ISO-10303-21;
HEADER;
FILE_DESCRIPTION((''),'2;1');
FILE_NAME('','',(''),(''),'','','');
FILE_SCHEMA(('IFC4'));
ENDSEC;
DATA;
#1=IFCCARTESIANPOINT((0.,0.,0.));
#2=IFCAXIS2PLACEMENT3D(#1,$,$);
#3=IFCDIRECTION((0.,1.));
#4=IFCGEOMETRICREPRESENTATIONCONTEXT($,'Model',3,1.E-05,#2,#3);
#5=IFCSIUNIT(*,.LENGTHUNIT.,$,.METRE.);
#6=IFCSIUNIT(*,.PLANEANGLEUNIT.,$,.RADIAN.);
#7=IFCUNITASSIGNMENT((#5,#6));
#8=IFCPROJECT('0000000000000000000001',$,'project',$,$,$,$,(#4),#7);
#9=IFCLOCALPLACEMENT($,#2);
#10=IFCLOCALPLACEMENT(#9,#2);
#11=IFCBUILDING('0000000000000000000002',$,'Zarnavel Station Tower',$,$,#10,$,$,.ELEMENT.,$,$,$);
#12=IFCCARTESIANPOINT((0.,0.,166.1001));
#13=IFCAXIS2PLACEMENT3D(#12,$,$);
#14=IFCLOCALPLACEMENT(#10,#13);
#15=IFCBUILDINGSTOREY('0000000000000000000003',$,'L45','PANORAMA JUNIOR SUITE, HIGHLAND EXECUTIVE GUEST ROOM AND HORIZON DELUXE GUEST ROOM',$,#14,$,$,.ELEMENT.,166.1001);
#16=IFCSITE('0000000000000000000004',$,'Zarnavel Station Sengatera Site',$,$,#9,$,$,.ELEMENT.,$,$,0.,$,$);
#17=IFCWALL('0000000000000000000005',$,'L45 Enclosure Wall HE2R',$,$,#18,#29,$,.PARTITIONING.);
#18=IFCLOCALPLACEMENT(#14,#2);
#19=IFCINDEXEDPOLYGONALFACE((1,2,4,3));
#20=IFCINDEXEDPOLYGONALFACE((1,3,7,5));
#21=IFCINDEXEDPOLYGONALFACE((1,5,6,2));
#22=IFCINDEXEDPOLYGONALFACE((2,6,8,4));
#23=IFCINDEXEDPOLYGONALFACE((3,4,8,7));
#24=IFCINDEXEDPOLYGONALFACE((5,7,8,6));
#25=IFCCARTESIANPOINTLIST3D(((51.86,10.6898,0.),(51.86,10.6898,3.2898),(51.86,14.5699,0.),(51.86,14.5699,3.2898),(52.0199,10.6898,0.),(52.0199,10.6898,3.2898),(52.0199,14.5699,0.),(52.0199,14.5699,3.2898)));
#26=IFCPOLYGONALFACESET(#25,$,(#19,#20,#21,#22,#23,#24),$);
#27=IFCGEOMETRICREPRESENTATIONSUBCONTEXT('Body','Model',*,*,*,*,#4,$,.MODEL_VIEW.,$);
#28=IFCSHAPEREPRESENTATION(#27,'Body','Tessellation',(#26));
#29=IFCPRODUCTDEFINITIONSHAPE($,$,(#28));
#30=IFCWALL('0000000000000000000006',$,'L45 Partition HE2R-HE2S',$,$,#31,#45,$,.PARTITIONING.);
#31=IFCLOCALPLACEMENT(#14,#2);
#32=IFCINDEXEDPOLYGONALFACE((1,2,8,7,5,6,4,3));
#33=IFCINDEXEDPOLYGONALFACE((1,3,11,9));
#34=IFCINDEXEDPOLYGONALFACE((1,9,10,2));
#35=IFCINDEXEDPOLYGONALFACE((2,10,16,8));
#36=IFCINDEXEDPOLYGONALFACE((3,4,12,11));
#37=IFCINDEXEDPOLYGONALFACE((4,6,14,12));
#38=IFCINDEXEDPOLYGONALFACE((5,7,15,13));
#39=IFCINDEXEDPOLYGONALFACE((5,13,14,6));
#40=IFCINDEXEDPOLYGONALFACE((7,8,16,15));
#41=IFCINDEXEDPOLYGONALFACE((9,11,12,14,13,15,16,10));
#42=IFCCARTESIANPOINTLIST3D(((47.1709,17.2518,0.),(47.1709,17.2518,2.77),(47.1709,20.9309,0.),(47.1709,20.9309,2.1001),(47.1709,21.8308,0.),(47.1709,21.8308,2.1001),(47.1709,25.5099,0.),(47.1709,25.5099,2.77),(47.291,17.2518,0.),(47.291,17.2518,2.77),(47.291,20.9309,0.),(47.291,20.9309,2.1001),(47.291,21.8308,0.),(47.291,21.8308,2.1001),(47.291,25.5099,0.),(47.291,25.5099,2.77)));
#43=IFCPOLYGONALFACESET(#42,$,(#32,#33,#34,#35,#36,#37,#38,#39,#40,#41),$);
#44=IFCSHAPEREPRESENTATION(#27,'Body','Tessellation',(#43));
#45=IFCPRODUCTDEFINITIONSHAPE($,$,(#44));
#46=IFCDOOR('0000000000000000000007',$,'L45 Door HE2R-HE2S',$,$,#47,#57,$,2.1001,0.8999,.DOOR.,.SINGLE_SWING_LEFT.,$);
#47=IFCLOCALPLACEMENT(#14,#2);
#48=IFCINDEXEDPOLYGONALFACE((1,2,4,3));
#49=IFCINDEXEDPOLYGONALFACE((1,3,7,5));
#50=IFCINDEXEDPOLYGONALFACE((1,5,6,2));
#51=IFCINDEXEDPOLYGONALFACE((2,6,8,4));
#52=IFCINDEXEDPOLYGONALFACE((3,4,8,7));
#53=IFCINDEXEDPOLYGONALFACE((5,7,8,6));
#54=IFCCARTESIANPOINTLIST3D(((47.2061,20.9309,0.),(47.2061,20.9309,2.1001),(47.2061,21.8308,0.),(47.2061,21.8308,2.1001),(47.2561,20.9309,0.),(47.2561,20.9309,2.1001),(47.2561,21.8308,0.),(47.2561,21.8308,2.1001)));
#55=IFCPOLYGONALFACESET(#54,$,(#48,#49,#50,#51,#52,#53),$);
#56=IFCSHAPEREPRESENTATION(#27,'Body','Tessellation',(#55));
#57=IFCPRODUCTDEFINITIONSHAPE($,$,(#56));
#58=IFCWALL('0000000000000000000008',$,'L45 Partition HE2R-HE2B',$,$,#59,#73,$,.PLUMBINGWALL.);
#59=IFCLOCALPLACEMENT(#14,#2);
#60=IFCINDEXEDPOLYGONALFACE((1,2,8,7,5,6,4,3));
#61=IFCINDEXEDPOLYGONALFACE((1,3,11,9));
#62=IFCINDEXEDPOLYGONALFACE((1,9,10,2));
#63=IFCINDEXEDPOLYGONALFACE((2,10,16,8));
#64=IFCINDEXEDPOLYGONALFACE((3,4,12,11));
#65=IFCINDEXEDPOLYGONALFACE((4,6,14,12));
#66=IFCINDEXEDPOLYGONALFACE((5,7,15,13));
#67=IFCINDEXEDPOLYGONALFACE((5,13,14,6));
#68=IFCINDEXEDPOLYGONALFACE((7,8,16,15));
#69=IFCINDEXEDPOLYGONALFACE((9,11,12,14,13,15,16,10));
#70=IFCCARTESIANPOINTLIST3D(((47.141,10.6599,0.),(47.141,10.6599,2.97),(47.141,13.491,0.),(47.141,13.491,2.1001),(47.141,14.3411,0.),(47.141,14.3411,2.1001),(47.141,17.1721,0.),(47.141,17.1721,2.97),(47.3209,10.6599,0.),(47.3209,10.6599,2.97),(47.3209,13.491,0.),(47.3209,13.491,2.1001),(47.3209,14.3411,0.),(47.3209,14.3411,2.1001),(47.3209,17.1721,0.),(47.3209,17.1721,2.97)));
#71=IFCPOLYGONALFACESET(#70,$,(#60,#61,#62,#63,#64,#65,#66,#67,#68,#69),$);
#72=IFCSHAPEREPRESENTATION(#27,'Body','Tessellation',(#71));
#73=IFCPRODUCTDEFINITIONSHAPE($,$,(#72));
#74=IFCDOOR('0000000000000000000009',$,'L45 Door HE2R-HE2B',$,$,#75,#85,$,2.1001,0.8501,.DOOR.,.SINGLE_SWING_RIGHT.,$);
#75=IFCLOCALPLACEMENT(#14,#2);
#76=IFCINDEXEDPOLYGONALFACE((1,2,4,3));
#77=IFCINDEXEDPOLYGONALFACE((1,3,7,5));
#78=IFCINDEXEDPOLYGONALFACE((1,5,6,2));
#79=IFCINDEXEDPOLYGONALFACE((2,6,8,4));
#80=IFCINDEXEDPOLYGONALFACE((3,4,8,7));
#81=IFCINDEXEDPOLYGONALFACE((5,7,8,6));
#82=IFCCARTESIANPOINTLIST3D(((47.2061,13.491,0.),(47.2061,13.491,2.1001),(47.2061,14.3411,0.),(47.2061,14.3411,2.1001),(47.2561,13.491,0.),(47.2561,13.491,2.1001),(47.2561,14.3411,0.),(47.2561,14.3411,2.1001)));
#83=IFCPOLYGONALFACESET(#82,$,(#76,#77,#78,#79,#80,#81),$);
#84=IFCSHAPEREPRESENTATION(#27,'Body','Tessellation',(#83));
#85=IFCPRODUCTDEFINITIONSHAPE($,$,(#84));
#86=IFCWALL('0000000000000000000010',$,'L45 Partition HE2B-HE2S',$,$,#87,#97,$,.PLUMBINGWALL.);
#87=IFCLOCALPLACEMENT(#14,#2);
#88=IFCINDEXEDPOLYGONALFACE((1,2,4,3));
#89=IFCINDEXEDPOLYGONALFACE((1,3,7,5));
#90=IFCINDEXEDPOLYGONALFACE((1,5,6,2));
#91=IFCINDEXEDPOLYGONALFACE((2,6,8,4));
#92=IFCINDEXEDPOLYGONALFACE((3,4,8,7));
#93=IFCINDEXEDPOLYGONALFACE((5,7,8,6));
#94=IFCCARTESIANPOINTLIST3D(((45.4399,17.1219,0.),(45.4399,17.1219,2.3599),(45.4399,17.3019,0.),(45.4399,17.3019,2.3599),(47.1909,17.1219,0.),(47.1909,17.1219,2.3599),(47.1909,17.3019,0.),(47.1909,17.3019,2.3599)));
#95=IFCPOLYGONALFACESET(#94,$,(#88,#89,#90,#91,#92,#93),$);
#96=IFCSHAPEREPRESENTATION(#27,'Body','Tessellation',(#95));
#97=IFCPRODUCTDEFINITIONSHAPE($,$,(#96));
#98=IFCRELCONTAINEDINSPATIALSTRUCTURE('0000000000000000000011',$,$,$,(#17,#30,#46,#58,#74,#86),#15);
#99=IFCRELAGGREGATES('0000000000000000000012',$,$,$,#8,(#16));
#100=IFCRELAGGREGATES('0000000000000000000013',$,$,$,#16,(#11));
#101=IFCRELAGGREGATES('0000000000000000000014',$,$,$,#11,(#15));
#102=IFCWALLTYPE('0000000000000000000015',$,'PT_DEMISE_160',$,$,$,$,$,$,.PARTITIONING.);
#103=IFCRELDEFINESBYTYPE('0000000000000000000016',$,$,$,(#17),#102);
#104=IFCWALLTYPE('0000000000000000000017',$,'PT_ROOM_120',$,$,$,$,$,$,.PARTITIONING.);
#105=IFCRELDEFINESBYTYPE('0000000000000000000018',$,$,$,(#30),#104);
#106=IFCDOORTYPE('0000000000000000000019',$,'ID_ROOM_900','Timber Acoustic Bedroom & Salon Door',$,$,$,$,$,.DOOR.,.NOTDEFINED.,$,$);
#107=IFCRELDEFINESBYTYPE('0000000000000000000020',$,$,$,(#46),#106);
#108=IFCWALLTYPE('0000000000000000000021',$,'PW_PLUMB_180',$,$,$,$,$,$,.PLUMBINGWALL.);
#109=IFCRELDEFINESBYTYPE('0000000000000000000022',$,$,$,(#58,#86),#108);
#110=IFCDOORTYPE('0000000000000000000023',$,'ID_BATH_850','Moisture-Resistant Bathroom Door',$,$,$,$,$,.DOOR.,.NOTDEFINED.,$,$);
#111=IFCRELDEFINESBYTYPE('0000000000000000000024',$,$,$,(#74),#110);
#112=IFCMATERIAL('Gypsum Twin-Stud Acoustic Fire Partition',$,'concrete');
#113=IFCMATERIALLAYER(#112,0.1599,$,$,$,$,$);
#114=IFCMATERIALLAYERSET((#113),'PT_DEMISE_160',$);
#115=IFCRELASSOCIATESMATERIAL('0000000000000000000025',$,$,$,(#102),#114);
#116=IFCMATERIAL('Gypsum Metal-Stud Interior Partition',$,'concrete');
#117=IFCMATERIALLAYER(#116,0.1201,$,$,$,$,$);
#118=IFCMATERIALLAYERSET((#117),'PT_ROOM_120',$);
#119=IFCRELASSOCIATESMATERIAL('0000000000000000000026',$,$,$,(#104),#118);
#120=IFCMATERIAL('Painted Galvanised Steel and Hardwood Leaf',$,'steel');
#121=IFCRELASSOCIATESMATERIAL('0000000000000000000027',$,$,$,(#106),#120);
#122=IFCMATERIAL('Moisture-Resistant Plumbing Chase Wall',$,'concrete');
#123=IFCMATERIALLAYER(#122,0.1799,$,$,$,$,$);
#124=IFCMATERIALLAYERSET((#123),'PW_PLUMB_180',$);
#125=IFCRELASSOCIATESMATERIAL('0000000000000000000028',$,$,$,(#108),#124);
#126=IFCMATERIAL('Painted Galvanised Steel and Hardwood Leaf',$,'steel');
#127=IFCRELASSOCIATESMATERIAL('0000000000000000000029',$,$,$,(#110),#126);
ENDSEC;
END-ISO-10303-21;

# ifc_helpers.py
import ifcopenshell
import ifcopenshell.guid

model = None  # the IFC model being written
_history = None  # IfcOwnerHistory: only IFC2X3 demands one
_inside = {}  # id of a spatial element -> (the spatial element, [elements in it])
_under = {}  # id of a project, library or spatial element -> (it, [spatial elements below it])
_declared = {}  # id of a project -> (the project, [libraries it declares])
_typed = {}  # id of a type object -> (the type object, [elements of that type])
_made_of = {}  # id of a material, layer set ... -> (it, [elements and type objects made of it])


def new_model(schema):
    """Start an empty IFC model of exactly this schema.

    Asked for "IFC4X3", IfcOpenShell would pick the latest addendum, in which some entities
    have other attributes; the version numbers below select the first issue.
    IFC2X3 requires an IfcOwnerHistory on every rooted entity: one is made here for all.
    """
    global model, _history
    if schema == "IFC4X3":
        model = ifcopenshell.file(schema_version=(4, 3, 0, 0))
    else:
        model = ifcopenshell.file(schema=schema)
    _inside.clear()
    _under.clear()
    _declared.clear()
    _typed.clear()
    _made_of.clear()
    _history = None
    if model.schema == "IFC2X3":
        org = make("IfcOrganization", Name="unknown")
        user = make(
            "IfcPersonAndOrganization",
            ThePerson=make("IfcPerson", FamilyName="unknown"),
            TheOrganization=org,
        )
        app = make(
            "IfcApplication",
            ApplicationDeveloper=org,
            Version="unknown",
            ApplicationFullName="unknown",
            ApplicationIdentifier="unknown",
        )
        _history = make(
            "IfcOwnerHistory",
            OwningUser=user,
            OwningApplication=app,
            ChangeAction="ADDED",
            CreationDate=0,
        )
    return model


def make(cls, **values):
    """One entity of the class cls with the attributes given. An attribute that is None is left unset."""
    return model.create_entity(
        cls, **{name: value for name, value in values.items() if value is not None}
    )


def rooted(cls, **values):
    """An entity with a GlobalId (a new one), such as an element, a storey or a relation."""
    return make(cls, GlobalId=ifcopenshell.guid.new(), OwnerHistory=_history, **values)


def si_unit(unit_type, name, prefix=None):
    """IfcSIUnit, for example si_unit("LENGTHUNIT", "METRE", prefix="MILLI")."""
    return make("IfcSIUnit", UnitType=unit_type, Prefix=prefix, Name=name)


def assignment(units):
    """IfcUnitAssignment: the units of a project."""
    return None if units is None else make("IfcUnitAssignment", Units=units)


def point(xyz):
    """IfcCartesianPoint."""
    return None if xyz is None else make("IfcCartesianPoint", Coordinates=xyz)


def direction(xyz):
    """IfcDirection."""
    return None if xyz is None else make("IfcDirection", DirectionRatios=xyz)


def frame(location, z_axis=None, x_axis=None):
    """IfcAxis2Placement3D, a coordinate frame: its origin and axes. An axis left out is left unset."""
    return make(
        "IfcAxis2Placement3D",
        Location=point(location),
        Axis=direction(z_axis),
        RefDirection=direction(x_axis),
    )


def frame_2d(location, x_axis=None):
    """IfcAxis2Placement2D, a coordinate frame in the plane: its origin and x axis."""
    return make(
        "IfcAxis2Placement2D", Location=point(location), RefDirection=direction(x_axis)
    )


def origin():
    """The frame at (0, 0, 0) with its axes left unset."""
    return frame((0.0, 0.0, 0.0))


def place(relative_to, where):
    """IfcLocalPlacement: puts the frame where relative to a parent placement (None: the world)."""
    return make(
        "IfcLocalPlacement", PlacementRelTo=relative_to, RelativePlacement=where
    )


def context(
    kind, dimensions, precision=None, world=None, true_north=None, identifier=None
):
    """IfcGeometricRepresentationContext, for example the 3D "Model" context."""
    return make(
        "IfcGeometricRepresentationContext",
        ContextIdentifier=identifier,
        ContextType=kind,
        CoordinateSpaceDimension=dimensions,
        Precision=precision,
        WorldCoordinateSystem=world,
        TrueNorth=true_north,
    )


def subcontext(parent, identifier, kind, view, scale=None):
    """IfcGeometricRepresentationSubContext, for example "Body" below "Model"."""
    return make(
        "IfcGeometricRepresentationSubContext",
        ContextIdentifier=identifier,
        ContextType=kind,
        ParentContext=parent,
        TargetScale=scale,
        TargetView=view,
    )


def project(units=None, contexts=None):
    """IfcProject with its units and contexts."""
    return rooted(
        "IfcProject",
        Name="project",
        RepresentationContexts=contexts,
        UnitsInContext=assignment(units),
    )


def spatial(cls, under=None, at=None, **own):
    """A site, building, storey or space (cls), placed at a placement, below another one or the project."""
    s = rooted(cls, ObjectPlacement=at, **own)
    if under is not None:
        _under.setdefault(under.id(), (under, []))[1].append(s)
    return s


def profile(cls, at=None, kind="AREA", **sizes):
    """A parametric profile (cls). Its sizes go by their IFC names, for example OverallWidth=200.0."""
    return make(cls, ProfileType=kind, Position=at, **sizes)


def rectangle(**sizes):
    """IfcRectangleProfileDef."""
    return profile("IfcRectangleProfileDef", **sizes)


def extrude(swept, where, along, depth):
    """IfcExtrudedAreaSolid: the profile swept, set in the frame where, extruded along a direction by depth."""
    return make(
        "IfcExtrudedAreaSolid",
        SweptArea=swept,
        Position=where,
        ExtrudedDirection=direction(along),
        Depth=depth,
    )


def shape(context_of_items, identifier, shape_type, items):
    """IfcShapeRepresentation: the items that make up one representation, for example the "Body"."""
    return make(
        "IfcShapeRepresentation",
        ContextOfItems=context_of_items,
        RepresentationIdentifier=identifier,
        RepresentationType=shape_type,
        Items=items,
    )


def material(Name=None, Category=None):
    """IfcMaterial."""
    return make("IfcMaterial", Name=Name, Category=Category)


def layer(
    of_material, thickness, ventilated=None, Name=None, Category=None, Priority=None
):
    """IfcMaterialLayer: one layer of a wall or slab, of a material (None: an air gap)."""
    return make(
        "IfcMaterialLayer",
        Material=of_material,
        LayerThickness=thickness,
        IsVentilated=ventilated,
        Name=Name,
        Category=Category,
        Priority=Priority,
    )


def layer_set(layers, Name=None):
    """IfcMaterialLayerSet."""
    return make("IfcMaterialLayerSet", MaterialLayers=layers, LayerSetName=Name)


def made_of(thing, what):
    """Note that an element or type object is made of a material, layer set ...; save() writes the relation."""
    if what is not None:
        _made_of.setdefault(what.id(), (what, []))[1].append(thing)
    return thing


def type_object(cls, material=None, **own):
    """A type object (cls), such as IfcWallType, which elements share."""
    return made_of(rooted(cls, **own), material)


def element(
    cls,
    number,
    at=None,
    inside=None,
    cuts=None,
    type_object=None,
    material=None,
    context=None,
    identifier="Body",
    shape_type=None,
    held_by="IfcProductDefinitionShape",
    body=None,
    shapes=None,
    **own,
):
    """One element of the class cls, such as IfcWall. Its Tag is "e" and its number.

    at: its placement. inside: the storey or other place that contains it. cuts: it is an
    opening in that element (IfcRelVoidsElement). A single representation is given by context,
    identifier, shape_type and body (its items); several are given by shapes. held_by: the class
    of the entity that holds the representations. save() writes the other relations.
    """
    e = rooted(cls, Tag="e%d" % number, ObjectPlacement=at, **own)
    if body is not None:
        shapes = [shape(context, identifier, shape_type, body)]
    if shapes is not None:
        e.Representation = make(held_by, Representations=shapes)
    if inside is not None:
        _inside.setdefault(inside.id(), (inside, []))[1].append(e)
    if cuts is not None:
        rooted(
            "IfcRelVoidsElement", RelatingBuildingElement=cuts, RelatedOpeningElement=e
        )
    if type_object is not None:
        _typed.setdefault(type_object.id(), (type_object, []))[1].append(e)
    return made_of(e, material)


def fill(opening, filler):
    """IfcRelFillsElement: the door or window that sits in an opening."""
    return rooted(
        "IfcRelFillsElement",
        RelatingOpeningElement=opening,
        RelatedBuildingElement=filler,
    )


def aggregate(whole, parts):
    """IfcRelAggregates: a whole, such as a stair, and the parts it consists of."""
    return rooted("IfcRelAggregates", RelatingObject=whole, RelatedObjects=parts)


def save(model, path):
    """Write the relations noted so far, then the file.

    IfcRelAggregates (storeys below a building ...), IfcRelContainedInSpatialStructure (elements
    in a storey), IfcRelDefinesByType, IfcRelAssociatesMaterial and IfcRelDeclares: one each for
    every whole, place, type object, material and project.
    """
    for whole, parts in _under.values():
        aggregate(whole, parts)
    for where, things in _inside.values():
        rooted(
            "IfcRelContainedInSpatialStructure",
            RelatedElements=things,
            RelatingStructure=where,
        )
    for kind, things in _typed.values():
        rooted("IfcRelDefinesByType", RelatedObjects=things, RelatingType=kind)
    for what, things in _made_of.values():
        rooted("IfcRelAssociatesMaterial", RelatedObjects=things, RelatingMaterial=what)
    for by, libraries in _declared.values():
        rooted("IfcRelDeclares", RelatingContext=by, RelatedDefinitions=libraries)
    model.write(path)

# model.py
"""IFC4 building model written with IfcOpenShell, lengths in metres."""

from ifc_helpers import new_model, si_unit, direction, frame, frame_2d, origin, place, context, subcontext, project, spatial, rectangle, extrude, material, layer, layer_set, type_object, element, fill, save


model = new_model("IFC4")

# Units and contexts
model_context = context("Model", 3, precision=1e-05, world=origin(), true_north=direction((0.0, 1.0)))
body_context = subcontext(model_context, "Body", "Model", "MODEL_VIEW")
ifc_project = project(units=[si_unit("LENGTHUNIT", "METRE"), si_unit("PLANEANGLEUNIT", "RADIAN")], contexts=[model_context])

# Site, building, storey
site_placement = place(None, origin())
site = spatial("IfcSite", under=ifc_project, at=site_placement, Name="Zarnavel Station Sengatera Site", CompositionType="ELEMENT", RefElevation=0.0)
building_placement = place(site_placement, origin())
building = spatial("IfcBuilding", under=site, at=building_placement, Name="Zarnavel Station Tower", CompositionType="ELEMENT")
storey_placement = place(building_placement, frame((0.0, 0.0, 166.1001)))
storey = spatial("IfcBuildingStorey", under=building, at=storey_placement, Name="L45", Description="PANORAMA JUNIOR SUITE, HIGHLAND EXECUTIVE GUEST ROOM AND HORIZON DELUXE GUEST ROOM", CompositionType="ELEMENT", Elevation=166.1001)

# Wall
ifc_material_1 = material(Name="Gypsum Twin-Stud Acoustic Fire Partition", Category="concrete")
ifc_layer_1 = layer(ifc_material_1, 0.1599)
ifc_layer_set_1 = layer_set([ifc_layer_1], Name="PT_DEMISE_160")
wall_type_1 = type_object("IfcWallType", Name="PT_DEMISE_160", PredefinedType="PARTITIONING", material=ifc_layer_set_1)
wall_1_placement = place(storey_placement, frame((51.9399, 10.6899, 0.0), z_axis=(0.0, 0.0, 1.0), x_axis=(0.0, 1.0, 0.0)))
element("IfcWall", 1, at=wall_1_placement, inside=storey, type_object=wall_type_1, Name="L45 Enclosure Wall HE2R", PredefinedType="PARTITIONING", context=body_context, shape_type="SweptSolid", body=[
    extrude(rectangle(XDim=3.8801, YDim=0.1599, at=frame_2d((1.9399, 0.0))), origin(), (0.0, 0.0, 1.0), 3.2898),
])

# Walls, openings, doors
ifc_material_2 = material(Name="Gypsum Metal-Stud Interior Partition", Category="concrete")
ifc_layer_2 = layer(ifc_material_2, 0.1201)
ifc_layer_set_2 = layer_set([ifc_layer_2], Name="PT_ROOM_120")
wall_type_2 = type_object("IfcWallType", Name="PT_ROOM_120", PredefinedType="PARTITIONING", material=ifc_layer_set_2)
wall_2_placement = place(storey_placement, frame((47.231, 17.252, 0.0), z_axis=(0.0, 0.0, 1.0), x_axis=(0.0, 1.0, 0.0)))
wall_2 = element("IfcWall", 2, at=wall_2_placement, inside=storey, type_object=wall_type_2, Name="L45 Partition HE2R-HE2S", PredefinedType="PARTITIONING", context=body_context, shape_type="SweptSolid", body=[
    extrude(rectangle(XDim=8.2581, YDim=0.1201, at=frame_2d((4.1289, 0.0))), origin(), (0.0, 0.0, 1.0), 2.77),
])
opening_1_placement = place(wall_2_placement, frame((3.679, 0.0, 0.0)))
opening_1 = element("IfcOpeningElement", 3, at=opening_1_placement, cuts=wall_2, PredefinedType="OPENING", context=body_context, shape_type="SweptSolid", body=[
    extrude(rectangle(XDim=0.8999, YDim=2.1001, at=frame_2d((0.45, 1.05))), frame((0.0, 0.0701, 0.0), z_axis=(0.0, -1.0, 0.0), x_axis=(1.0, 0.0, 0.0)), (0.0, 0.0, 1.0), 0.1401),
])
ifc_material_3 = material(Name="Painted Galvanised Steel and Hardwood Leaf", Category="steel")
door_type_1 = type_object("IfcDoorType", Name="ID_ROOM_900", Description="Timber Acoustic Bedroom & Salon Door", OperationType="NOTDEFINED", PredefinedType="DOOR", material=ifc_material_3)
door_1_placement = place(opening_1_placement, origin())
door_1 = element("IfcDoor", 4, at=door_1_placement, inside=storey, type_object=door_type_1, Name="L45 Door HE2R-HE2S", OperationType="SINGLE_SWING_LEFT", OverallHeight=2.1001, OverallWidth=0.8999, PredefinedType="DOOR", context=body_context, shape_type="SweptSolid", body=[
    extrude(rectangle(XDim=0.8999, YDim=2.1001, at=frame_2d((0.45, 1.05))), frame((0.0, 0.0249, 0.0), z_axis=(0.0, -1.0, 0.0), x_axis=(1.0, 0.0, 0.0)), (0.0, 0.0, 1.0), 0.05),
])
fill(opening_1, door_1)
ifc_material_4 = material(Name="Moisture-Resistant Plumbing Chase Wall", Category="concrete")
ifc_layer_3 = layer(ifc_material_4, 0.1799)
ifc_layer_set_3 = layer_set([ifc_layer_3], Name="PW_PLUMB_180")
wall_type_3 = type_object("IfcWallType", Name="PW_PLUMB_180", PredefinedType="PLUMBINGWALL", material=ifc_layer_set_3)
wall_3_placement = place(storey_placement, frame((47.231, 10.6599, 0.0), z_axis=(0.0, 0.0, 1.0), x_axis=(0.0, 1.0, 0.0)))
wall_3 = element("IfcWall", 5, at=wall_3_placement, inside=storey, type_object=wall_type_3, Name="L45 Partition HE2R-HE2B", PredefinedType="PLUMBINGWALL", context=body_context, shape_type="SweptSolid", body=[
    extrude(rectangle(XDim=6.5122, YDim=0.1799, at=frame_2d((3.2561, 0.0))), origin(), (0.0, 0.0, 1.0), 2.97),
])
opening_2_placement = place(wall_3_placement, frame((2.8311, 0.0, 0.0)))
opening_2 = element("IfcOpeningElement", 6, at=opening_2_placement, cuts=wall_3, PredefinedType="OPENING", context=body_context, shape_type="SweptSolid", body=[
    extrude(rectangle(XDim=0.8501, YDim=2.1001, at=frame_2d((0.425, 1.05))), frame((0.0, 0.0999, 0.0), z_axis=(0.0, -1.0, 0.0), x_axis=(1.0, 0.0, 0.0)), (0.0, 0.0, 1.0), 0.2),
])
ifc_material_5 = material(Name="Painted Galvanised Steel and Hardwood Leaf", Category="steel")
door_type_2 = type_object("IfcDoorType", Name="ID_BATH_850", Description="Moisture-Resistant Bathroom Door", OperationType="NOTDEFINED", PredefinedType="DOOR", material=ifc_material_5)
door_2_placement = place(opening_2_placement, origin())
door_2 = element("IfcDoor", 7, at=door_2_placement, inside=storey, type_object=door_type_2, Name="L45 Door HE2R-HE2B", OperationType="SINGLE_SWING_RIGHT", OverallHeight=2.1001, OverallWidth=0.8501, PredefinedType="DOOR", context=body_context, shape_type="SweptSolid", body=[
    extrude(rectangle(XDim=0.8501, YDim=2.1001, at=frame_2d((0.425, 1.05))), frame((0.0, 0.0249, 0.0), z_axis=(0.0, -1.0, 0.0), x_axis=(1.0, 0.0, 0.0)), (0.0, 0.0, 1.0), 0.05),
])
fill(opening_2, door_2)

# Wall
wall_4_placement = place(storey_placement, frame((45.4399, 17.2119, 0.0), z_axis=(0.0, 0.0, 1.0), x_axis=(1.0, 0.0, 0.0)))
element("IfcWall", 8, at=wall_4_placement, inside=storey, type_object=wall_type_3, Name="L45 Partition HE2B-HE2S", PredefinedType="PLUMBINGWALL", context=body_context, shape_type="SweptSolid", body=[
    extrude(rectangle(XDim=1.751, YDim=0.1799, at=frame_2d((0.8755, 0.0))), origin(), (0.0, 0.0, 1.0), 2.3599),
])

save(model, "model.ifc")
